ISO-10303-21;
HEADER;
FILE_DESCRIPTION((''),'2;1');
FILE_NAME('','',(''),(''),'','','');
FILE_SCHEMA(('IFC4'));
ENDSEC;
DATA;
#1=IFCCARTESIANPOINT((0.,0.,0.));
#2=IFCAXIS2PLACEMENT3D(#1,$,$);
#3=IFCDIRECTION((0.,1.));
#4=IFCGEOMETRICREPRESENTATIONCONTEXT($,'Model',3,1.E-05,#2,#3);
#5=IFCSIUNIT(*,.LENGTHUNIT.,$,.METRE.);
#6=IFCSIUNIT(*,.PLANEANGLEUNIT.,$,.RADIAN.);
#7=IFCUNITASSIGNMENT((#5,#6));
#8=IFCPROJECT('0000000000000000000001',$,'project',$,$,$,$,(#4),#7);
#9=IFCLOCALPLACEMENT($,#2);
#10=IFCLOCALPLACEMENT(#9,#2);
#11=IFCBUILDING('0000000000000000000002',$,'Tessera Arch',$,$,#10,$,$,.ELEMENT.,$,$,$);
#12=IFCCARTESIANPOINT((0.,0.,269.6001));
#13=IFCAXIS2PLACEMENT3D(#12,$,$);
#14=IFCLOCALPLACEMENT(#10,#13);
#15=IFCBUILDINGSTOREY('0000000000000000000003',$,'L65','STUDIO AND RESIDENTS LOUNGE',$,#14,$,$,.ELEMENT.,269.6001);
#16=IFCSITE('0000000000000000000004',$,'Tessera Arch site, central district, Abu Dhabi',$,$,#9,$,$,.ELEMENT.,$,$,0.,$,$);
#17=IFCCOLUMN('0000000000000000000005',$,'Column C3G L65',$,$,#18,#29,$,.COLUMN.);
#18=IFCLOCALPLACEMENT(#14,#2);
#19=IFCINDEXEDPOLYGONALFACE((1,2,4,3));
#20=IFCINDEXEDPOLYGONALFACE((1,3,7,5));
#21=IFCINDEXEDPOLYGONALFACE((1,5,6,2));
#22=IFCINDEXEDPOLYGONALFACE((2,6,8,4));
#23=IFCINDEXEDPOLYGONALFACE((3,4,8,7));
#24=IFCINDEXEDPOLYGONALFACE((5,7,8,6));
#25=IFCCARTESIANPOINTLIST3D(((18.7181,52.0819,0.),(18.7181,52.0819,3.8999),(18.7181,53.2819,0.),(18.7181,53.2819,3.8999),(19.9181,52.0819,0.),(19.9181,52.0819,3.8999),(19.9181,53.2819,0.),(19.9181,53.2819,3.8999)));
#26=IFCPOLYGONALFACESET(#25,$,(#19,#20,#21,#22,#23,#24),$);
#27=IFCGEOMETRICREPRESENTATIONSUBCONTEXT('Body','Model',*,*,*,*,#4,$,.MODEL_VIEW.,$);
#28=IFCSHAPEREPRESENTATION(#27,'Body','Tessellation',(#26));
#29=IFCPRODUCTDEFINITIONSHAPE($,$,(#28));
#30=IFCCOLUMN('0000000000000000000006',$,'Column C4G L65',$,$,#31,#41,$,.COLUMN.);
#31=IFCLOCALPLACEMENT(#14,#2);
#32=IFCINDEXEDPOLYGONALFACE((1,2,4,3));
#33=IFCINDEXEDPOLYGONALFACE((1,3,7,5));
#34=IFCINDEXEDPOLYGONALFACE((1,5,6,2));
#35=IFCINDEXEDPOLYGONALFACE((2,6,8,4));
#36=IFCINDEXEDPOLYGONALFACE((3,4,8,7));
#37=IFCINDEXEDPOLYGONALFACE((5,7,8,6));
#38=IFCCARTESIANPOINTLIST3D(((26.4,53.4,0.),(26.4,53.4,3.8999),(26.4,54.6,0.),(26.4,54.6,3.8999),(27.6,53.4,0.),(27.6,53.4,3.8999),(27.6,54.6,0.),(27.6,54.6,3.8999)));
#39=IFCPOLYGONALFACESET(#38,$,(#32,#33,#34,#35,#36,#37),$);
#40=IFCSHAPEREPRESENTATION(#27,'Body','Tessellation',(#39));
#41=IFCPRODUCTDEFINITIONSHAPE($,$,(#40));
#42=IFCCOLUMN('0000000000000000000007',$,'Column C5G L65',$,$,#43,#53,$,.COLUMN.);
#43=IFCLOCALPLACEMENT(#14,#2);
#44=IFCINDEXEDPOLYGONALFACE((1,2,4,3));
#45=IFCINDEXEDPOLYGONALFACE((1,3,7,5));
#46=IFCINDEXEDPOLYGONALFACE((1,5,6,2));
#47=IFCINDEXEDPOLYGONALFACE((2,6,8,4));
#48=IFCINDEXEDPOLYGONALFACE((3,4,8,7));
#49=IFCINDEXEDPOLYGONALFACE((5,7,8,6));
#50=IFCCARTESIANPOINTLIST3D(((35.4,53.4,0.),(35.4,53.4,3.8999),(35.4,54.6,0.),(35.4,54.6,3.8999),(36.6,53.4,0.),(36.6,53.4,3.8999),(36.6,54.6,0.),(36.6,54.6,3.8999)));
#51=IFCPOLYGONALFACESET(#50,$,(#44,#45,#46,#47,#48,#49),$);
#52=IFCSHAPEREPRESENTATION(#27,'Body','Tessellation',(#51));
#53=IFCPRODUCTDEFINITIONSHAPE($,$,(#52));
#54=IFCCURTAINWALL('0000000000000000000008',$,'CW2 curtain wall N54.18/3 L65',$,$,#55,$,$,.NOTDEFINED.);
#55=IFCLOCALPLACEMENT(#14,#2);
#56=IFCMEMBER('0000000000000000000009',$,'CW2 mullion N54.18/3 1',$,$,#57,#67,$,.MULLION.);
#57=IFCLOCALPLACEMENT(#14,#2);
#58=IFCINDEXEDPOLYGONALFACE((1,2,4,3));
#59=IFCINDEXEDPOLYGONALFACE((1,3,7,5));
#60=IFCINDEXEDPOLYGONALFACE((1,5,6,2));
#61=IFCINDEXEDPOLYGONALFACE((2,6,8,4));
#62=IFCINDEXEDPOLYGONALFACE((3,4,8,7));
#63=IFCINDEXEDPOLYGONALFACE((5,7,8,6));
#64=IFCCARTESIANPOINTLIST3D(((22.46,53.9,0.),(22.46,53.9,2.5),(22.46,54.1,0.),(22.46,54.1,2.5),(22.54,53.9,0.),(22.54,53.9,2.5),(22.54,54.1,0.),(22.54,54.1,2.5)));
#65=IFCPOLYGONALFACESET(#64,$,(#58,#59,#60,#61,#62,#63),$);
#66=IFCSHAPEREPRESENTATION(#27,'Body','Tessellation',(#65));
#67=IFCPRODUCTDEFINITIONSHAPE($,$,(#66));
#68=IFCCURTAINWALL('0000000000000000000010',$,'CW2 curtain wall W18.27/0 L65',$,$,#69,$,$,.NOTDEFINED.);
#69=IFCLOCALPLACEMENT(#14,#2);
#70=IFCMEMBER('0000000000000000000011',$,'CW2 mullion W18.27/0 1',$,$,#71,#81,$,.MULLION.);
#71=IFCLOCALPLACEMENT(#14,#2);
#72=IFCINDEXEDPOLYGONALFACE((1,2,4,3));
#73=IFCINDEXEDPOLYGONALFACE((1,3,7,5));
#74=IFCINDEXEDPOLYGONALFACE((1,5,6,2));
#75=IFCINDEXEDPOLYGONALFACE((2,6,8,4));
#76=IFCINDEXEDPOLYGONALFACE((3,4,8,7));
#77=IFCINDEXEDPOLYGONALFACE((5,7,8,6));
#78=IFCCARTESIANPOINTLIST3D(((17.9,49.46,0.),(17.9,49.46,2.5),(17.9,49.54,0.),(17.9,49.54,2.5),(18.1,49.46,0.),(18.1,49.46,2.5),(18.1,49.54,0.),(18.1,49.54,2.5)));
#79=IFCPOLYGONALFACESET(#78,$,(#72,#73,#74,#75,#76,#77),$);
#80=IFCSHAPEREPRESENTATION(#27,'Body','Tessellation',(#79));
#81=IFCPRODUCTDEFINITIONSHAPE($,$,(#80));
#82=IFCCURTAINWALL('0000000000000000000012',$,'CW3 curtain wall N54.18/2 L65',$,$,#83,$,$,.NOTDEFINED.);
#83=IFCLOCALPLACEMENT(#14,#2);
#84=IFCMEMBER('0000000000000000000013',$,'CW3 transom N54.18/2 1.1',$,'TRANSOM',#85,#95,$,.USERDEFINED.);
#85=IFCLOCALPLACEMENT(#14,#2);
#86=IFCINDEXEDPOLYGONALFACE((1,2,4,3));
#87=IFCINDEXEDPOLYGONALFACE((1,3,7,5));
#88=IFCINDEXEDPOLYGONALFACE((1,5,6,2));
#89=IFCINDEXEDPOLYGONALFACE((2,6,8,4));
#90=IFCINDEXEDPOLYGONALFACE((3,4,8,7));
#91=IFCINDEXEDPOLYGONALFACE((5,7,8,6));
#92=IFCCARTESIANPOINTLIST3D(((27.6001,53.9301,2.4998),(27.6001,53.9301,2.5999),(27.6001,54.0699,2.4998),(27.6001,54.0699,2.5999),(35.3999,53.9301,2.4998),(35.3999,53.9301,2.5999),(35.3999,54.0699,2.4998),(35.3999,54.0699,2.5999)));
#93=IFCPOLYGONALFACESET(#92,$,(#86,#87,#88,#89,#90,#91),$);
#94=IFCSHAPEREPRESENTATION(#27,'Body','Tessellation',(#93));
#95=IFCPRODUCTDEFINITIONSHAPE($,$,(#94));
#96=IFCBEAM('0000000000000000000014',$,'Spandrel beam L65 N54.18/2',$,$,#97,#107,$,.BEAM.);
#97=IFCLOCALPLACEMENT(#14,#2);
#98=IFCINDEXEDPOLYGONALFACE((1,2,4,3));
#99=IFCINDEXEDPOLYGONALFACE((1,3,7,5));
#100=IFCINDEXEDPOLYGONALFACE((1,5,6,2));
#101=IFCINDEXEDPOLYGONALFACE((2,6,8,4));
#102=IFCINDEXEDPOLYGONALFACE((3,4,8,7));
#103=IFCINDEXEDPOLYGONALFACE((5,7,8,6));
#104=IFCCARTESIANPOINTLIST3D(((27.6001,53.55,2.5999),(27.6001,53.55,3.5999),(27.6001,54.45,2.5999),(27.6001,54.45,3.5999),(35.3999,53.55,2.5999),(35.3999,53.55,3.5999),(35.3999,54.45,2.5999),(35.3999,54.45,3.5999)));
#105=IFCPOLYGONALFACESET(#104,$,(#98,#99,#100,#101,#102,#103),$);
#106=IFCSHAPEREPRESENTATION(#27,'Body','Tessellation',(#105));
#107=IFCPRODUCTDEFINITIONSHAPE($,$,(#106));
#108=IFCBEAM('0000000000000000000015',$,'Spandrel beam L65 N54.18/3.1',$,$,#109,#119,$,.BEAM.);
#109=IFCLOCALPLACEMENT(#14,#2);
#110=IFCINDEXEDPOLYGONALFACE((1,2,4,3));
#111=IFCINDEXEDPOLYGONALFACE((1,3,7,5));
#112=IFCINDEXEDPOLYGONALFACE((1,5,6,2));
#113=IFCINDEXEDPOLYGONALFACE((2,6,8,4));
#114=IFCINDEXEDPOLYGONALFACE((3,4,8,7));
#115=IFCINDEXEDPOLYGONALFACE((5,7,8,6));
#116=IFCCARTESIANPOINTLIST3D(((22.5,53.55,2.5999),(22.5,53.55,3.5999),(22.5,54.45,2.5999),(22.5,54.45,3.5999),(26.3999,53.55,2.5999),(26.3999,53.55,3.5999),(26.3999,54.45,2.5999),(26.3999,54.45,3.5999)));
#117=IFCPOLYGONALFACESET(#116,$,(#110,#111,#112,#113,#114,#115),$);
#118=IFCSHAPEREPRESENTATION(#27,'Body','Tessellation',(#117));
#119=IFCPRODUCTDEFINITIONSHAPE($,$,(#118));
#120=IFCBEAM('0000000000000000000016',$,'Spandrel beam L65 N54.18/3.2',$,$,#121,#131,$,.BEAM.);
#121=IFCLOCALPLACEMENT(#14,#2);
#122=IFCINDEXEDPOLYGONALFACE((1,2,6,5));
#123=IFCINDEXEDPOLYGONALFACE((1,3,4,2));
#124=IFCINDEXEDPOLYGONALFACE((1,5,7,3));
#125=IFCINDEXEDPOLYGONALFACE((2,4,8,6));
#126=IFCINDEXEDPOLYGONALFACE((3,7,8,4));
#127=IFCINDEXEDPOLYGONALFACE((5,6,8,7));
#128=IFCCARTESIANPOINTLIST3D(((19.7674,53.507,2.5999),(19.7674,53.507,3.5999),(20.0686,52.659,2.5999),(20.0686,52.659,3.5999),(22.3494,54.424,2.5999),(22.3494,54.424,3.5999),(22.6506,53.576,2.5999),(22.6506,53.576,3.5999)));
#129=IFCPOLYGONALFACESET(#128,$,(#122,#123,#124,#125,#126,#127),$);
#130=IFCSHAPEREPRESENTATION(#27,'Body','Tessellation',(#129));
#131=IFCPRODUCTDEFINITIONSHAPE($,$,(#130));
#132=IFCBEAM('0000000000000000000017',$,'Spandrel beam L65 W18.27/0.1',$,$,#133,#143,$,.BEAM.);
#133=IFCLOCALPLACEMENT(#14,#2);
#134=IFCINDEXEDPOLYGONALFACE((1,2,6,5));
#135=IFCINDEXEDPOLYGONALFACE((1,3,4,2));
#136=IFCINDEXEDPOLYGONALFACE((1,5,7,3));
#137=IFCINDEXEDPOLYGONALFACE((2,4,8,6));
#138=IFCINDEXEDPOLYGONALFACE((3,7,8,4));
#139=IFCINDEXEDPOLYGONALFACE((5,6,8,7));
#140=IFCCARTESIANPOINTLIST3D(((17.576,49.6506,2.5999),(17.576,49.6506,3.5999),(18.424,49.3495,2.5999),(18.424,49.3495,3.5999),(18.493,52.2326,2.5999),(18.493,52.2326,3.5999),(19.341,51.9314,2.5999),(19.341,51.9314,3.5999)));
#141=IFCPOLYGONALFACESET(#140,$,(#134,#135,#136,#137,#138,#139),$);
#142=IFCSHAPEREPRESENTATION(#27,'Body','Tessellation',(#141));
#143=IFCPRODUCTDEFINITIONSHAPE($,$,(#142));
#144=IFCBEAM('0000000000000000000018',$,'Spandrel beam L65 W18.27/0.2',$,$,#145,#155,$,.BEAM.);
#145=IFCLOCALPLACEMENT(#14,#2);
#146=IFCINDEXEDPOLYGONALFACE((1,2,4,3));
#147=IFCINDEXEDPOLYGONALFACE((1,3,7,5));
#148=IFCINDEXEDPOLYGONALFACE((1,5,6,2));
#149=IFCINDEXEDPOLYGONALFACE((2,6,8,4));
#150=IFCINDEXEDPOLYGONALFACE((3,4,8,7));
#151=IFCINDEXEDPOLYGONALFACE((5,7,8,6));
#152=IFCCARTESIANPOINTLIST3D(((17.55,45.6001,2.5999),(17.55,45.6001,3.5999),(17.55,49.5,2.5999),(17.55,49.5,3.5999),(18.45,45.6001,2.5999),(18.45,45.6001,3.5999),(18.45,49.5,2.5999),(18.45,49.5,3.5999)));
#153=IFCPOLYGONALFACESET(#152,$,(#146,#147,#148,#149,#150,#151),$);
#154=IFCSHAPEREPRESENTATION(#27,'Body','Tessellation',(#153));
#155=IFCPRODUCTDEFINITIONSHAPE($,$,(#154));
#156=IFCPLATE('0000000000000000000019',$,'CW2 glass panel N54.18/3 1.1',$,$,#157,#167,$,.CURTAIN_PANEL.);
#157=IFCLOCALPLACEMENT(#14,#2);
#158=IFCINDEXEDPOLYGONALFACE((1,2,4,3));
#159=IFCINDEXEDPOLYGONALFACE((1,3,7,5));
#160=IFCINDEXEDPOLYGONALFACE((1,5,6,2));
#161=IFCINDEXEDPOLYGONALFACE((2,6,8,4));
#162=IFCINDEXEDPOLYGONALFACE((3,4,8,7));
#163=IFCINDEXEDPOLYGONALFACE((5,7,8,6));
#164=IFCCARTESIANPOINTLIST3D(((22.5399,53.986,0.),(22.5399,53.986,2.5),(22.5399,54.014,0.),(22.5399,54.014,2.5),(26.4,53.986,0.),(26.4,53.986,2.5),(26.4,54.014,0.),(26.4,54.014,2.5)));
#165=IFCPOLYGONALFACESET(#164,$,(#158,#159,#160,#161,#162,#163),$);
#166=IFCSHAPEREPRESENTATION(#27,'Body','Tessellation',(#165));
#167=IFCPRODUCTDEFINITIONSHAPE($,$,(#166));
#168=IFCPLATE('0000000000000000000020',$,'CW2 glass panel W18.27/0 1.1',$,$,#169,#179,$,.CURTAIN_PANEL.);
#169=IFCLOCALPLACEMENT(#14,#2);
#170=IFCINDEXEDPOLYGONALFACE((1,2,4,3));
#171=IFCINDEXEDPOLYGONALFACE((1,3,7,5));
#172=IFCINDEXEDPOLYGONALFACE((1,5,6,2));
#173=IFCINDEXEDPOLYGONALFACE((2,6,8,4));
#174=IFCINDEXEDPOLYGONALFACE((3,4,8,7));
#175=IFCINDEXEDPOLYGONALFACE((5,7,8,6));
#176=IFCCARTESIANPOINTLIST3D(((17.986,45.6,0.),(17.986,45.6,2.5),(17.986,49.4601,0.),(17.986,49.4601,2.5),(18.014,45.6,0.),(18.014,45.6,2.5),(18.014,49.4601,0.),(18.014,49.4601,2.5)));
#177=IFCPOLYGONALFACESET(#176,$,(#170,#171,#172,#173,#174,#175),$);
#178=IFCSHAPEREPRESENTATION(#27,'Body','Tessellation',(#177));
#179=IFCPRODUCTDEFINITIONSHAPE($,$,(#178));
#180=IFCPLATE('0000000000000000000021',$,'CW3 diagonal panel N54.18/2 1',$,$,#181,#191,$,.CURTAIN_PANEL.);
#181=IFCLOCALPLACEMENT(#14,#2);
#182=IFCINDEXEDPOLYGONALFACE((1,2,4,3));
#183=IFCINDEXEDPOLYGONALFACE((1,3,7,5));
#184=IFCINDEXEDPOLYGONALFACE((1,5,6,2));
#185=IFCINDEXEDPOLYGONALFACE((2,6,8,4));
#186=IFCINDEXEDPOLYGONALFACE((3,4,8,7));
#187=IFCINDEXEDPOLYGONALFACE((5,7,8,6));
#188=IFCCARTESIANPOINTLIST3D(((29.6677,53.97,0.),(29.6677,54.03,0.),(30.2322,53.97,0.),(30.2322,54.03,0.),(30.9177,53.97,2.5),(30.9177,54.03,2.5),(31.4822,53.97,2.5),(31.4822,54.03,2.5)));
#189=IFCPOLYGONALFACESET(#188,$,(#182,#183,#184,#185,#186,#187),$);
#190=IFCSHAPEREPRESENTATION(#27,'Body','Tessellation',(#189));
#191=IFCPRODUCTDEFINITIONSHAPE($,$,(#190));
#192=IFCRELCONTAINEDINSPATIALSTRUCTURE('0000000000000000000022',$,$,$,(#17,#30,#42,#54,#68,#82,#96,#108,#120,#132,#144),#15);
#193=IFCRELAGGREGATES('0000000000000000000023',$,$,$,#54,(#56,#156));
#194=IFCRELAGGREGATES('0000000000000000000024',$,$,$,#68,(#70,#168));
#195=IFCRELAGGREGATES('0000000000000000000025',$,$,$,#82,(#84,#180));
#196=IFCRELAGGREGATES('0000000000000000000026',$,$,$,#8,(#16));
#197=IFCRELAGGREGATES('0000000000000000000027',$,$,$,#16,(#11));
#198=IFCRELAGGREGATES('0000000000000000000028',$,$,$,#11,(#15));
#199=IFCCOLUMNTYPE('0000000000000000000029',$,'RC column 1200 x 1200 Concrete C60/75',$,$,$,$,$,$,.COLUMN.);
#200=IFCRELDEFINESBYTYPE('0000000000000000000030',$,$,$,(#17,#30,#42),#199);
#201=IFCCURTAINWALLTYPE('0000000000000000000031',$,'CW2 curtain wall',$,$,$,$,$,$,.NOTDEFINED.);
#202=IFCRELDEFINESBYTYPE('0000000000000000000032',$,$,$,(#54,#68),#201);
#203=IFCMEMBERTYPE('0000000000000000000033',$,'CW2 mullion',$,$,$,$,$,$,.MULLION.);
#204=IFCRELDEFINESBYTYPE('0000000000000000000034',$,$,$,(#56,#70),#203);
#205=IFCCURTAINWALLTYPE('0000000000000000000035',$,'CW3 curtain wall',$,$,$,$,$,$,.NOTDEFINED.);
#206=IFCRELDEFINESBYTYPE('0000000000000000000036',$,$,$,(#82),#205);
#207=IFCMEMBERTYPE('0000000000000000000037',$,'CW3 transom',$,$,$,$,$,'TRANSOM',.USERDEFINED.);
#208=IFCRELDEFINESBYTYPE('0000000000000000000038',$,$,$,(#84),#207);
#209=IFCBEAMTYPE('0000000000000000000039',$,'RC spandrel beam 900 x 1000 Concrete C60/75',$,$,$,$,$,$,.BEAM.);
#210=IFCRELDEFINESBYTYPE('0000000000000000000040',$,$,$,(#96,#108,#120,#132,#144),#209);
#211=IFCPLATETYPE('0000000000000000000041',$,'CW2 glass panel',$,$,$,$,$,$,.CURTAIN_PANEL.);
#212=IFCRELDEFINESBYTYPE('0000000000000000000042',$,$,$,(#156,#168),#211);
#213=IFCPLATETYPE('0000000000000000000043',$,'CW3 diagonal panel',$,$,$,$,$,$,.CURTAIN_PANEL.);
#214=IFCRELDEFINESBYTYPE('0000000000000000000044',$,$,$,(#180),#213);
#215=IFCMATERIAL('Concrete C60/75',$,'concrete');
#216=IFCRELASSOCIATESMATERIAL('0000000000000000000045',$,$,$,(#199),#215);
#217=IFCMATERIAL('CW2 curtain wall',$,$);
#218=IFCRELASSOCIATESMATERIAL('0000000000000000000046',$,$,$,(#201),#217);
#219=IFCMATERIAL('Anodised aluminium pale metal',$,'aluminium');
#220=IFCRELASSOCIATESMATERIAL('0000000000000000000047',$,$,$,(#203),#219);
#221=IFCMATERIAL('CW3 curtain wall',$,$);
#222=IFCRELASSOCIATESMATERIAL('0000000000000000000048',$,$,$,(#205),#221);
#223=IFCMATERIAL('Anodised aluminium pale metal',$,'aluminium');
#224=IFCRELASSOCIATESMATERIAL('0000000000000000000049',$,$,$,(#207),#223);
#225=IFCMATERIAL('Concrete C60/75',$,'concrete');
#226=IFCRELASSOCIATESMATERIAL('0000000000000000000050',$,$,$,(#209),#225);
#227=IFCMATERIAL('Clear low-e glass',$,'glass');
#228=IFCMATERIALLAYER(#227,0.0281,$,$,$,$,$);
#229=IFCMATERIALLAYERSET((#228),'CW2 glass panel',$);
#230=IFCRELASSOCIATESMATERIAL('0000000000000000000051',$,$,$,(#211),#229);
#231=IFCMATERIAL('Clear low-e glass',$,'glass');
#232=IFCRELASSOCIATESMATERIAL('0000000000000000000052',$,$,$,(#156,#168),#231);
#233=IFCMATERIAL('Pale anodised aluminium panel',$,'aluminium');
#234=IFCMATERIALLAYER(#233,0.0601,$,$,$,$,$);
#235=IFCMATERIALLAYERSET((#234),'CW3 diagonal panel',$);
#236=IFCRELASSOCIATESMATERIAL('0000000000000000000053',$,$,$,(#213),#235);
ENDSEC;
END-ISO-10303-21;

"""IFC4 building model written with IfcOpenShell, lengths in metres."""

from ifc_helpers import new_model, si_unit, direction, frame, origin, origin_2d, place, context, subcontext, project, spatial, polyline, rectangle, outline, extrude, material, layer, layer_set, material_profile, profile_set, type_object, element, aggregate, save


model = new_model("IFC4")

# Units and contexts
model_context = context("Model", 3, precision=1e-05, world=origin(), true_north=direction((0.0, 1.0)))
body_context = subcontext(model_context, "Body", "Model", "MODEL_VIEW")
ifc_project = project(units=[si_unit("LENGTHUNIT", "METRE"), si_unit("PLANEANGLEUNIT", "RADIAN")], contexts=[model_context])

# Site, building, storey
site_placement = place(None, origin())
site = spatial("IfcSite", under=ifc_project, at=site_placement, Name="Tessera Arch site, central district, Abu Dhabi", CompositionType="ELEMENT", RefElevation=0.0)
building_placement = place(site_placement, origin())
building = spatial("IfcBuilding", under=site, at=building_placement, Name="Tessera Arch", CompositionType="ELEMENT")
storey_placement = place(building_placement, frame((0.0, 0.0, 269.6001)))
storey = spatial("IfcBuildingStorey", under=building, at=storey_placement, Name="L65", Description="STUDIO AND RESIDENTS LOUNGE", CompositionType="ELEMENT", Elevation=269.6001)

# Columns
ifc_material_1 = material(Name="Concrete C60/75", Category="concrete")
ifc_material_profile_1 = material_profile(ifc_material_1, rectangle(XDim=1.2, YDim=1.2, at=origin_2d()), Name="RC column 1200 x 1200 Concrete C60/75")
ifc_profile_set_1 = profile_set([ifc_material_profile_1], Name="Concrete C60/75")
column_type = type_object("IfcColumnType", Name="RC column 1200 x 1200 Concrete C60/75", PredefinedType="COLUMN", material=ifc_profile_set_1)
for number, where, z_axis, x_axis, name in (
    (1, (19.3181, 52.6819, 0.0), (0.0, 0.0, 1.0), (1.0, 0.0, 0.0), "Column C3G L65"),
    (2, (27.0, 54.0, 0.0), (0.0, 0.0, 1.0), (1.0, 0.0, 0.0), "Column C4G L65"),
    (3, (36.0, 54.0, 0.0), (0.0, 0.0, 1.0), (1.0, 0.0, 0.0), "Column C5G L65"),
):
    element("IfcColumn", number, at=place(storey_placement, frame(where, z_axis=z_axis, x_axis=x_axis)), inside=storey, type_object=column_type, Name=name, PredefinedType="COLUMN", context=body_context, shape_type="SweptSolid", body=[
        extrude(rectangle(XDim=1.2, YDim=1.2, at=origin_2d()), origin(), (0.0, 0.0, 1.0), 3.8999),
    ])

# Curtain walls, members
ifc_material_2 = material(Name="CW2 curtain wall")
curtain_wall_type_1 = type_object("IfcCurtainWallType", Name="CW2 curtain wall", PredefinedType="NOTDEFINED", material=ifc_material_2)
curtain_wall_1_placement = place(storey_placement, origin())
curtain_wall_1 = element("IfcCurtainWall", 4, at=curtain_wall_1_placement, inside=storey, type_object=curtain_wall_type_1, Name="CW2 curtain wall N54.18/3 L65", PredefinedType="NOTDEFINED")
ifc_material_3 = material(Name="Anodised aluminium pale metal", Category="aluminium")
ifc_material_profile_2 = material_profile(ifc_material_3, rectangle(XDim=0.2, YDim=0.0801, at=origin_2d()), Name="AL 80x200")
ifc_profile_set_2 = profile_set([ifc_material_profile_2], Name="Anodised aluminium pale metal")
member_type_1 = type_object("IfcMemberType", Name="CW2 mullion", PredefinedType="MULLION", material=ifc_profile_set_2)
member_1_placement = place(storey_placement, frame((22.5, 54.0, 0.0), z_axis=(0.0, 0.0, 1.0), x_axis=(0.0, -1.0, 0.0)))
member_1 = element("IfcMember", 5, at=member_1_placement, type_object=member_type_1, Name="CW2 mullion N54.18/3 1", PredefinedType="MULLION", context=body_context, shape_type="SweptSolid", body=[
    extrude(rectangle(XDim=0.2, YDim=0.0801, at=origin_2d()), origin(), (0.0, 0.0, 1.0), 2.5),
])
curtain_wall_2_placement = place(storey_placement, origin())
curtain_wall_2 = element("IfcCurtainWall", 6, at=curtain_wall_2_placement, inside=storey, type_object=curtain_wall_type_1, Name="CW2 curtain wall W18.27/0 L65", PredefinedType="NOTDEFINED")
member_2_placement = place(storey_placement, frame((18.0, 49.5, 0.0), z_axis=(0.0, 0.0, 1.0), x_axis=(1.0, 0.0, 0.0)))
member_2 = element("IfcMember", 7, at=member_2_placement, type_object=member_type_1, Name="CW2 mullion W18.27/0 1", PredefinedType="MULLION", context=body_context, shape_type="SweptSolid", body=[
    extrude(rectangle(XDim=0.2, YDim=0.0801, at=origin_2d()), origin(), (0.0, 0.0, 1.0), 2.5),
])
ifc_material_4 = material(Name="CW3 curtain wall")
curtain_wall_type_2 = type_object("IfcCurtainWallType", Name="CW3 curtain wall", PredefinedType="NOTDEFINED", material=ifc_material_4)
curtain_wall_3_placement = place(storey_placement, origin())
curtain_wall_3 = element("IfcCurtainWall", 8, at=curtain_wall_3_placement, inside=storey, type_object=curtain_wall_type_2, Name="CW3 curtain wall N54.18/2 L65", PredefinedType="NOTDEFINED")
ifc_material_5 = material(Name="Anodised aluminium pale metal", Category="aluminium")
ifc_material_profile_3 = material_profile(ifc_material_5, rectangle(XDim=0.1399, YDim=0.1001, at=origin_2d()), Name="AL 140x100")
ifc_profile_set_3 = profile_set([ifc_material_profile_3], Name="Anodised aluminium pale metal")
member_type_2 = type_object("IfcMemberType", Name="CW3 transom", ElementType="TRANSOM", PredefinedType="USERDEFINED", material=ifc_profile_set_3)
member_3_placement = place(storey_placement, frame((35.3999, 54.0, 2.5498), z_axis=(-1.0, 0.0, 0.0), x_axis=(0.0, -1.0, 0.0)))
member_3 = element("IfcMember", 9, at=member_3_placement, type_object=member_type_2, Name="CW3 transom N54.18/2 1.1", ObjectType="TRANSOM", PredefinedType="USERDEFINED", context=body_context, shape_type="SweptSolid", body=[
    extrude(rectangle(XDim=0.1399, YDim=0.1001, at=origin_2d()), origin(), (0.0, 0.0, 1.0), 7.7998),
])

# Beams
ifc_material_6 = material(Name="Concrete C60/75", Category="concrete")
ifc_material_profile_4 = material_profile(ifc_material_6, rectangle(XDim=0.8999, YDim=1.0, at=origin_2d()), Name="RC spandrel beam 900 x 1000 Concrete C60/75")
ifc_profile_set_4 = profile_set([ifc_material_profile_4], Name="Concrete C60/75")
beam_type = type_object("IfcBeamType", Name="RC spandrel beam 900 x 1000 Concrete C60/75", PredefinedType="BEAM", material=ifc_profile_set_4)
beam_1_placement = place(storey_placement, frame((35.3999, 54.0, 3.0999), z_axis=(-1.0, 0.0, 0.0), x_axis=(0.0, -1.0, 0.0)))
element("IfcBeam", 10, at=beam_1_placement, inside=storey, type_object=beam_type, Name="Spandrel beam L65 N54.18/2", PredefinedType="BEAM", context=body_context, shape_type="SweptSolid", body=[
    extrude(rectangle(XDim=0.8999, YDim=1.0, at=origin_2d()), origin(), (0.0, 0.0, 1.0), 7.7998),
])
beam_2_placement = place(storey_placement, frame((26.3999, 54.0, 3.0999), z_axis=(-1.0, 0.0, 0.0), x_axis=(0.0, -1.0, 0.0)))
element("IfcBeam", 11, at=beam_2_placement, inside=storey, type_object=beam_type, Name="Spandrel beam L65 N54.18/3.1", PredefinedType="BEAM", context=body_context, shape_type="SweptSolid", body=[
    extrude(rectangle(XDim=0.8999, YDim=1.0, at=origin_2d()), origin(), (0.0, 0.0, 1.0), 3.8999),
])
for number, where, z_axis, x_axis, name in (
    (12, (22.5, 54.0, 3.0999), (-0.942337, -0.334665, 0.0), (0.334665, -0.942337, 0.0), "Spandrel beam L65 N54.18/3.2"),
    (13, (18.917, 52.082, 3.0999), (-0.334665, -0.942337, 0.0), (0.942337, -0.334665, 0.0), "Spandrel beam L65 W18.27/0.1"),
):
    element("IfcBeam", number, at=place(storey_placement, frame(where, z_axis=z_axis, x_axis=x_axis)), inside=storey, type_object=beam_type, Name=name, PredefinedType="BEAM", context=body_context, shape_type="SweptSolid", body=[
        extrude(rectangle(XDim=0.8999, YDim=1.0, at=origin_2d()), origin(), (0.0, 0.0, 1.0), 2.74),
    ])
beam_3_placement = place(storey_placement, frame((18.0, 49.5, 3.0999), z_axis=(0.0, -1.0, 0.0), x_axis=(1.0, 0.0, 0.0)))
element("IfcBeam", 14, at=beam_3_placement, inside=storey, type_object=beam_type, Name="Spandrel beam L65 W18.27/0.2", PredefinedType="BEAM", context=body_context, shape_type="SweptSolid", body=[
    extrude(rectangle(XDim=0.8999, YDim=1.0, at=origin_2d()), origin(), (0.0, 0.0, 1.0), 3.8999),
])

# Plates
ifc_material_7 = material(Name="Clear low-e glass", Category="glass")
ifc_material_8 = material(Name="Clear low-e glass", Category="glass")
ifc_layer_1 = layer(ifc_material_8, 0.0281)
ifc_layer_set_1 = layer_set([ifc_layer_1], Name="CW2 glass panel")
plate_type_1 = type_object("IfcPlateType", Name="CW2 glass panel", PredefinedType="CURTAIN_PANEL", material=ifc_layer_set_1)
plate_1_placement = place(storey_placement, frame((24.47, 54.0, 0.0), z_axis=(0.0, 0.0, 1.0), x_axis=(-1.0, 0.0, 0.0)))
plate_1 = element("IfcPlate", 15, at=plate_1_placement, type_object=plate_type_1, material=ifc_material_7, Name="CW2 glass panel N54.18/3 1.1", PredefinedType="CURTAIN_PANEL", context=body_context, shape_type="SweptSolid", body=[
    extrude(rectangle(XDim=3.8601, YDim=0.0281, at=origin_2d()), origin(), (0.0, 0.0, 1.0), 2.5),
])
aggregate(curtain_wall_1, [member_1, plate_1])
plate_2_placement = place(storey_placement, frame((18.0, 47.53, 0.0), z_axis=(0.0, 0.0, 1.0), x_axis=(0.0, -1.0, 0.0)))
plate_2 = element("IfcPlate", 16, at=plate_2_placement, type_object=plate_type_1, material=ifc_material_7, Name="CW2 glass panel W18.27/0 1.1", PredefinedType="CURTAIN_PANEL", context=body_context, shape_type="SweptSolid", body=[
    extrude(rectangle(XDim=3.8601, YDim=0.0281, at=origin_2d()), origin(), (0.0, 0.0, 1.0), 2.5),
])
aggregate(curtain_wall_2, [member_2, plate_2])
ifc_material_9 = material(Name="Pale anodised aluminium panel", Category="aluminium")
ifc_layer_2 = layer(ifc_material_9, 0.0601)
ifc_layer_set_2 = layer_set([ifc_layer_2], Name="CW3 diagonal panel")
plate_type_2 = type_object("IfcPlateType", Name="CW3 diagonal panel", PredefinedType="CURTAIN_PANEL", material=ifc_layer_set_2)
plate_3_placement = place(storey_placement, frame((30.9177, 54.03, 2.5), z_axis=(0.0, 1.0, 0.0), x_axis=(1.0, 0.0, 0.0)))
plate_3 = element("IfcPlate", 17, at=plate_3_placement, type_object=plate_type_2, Name="CW3 diagonal panel N54.18/2 1", PredefinedType="CURTAIN_PANEL", context=body_context, shape_type="SweptSolid", body=[
    extrude(outline(polyline([(0.0, 0.0), (0.5645, 0.0), (-0.6855, 2.5), (-1.25, 2.5), (0.0, 0.0)])), origin(), (0.0, 0.0, -1.0), 0.0601),
])
aggregate(curtain_wall_3, [member_3, plate_3])

save(model, "model.ifc")
